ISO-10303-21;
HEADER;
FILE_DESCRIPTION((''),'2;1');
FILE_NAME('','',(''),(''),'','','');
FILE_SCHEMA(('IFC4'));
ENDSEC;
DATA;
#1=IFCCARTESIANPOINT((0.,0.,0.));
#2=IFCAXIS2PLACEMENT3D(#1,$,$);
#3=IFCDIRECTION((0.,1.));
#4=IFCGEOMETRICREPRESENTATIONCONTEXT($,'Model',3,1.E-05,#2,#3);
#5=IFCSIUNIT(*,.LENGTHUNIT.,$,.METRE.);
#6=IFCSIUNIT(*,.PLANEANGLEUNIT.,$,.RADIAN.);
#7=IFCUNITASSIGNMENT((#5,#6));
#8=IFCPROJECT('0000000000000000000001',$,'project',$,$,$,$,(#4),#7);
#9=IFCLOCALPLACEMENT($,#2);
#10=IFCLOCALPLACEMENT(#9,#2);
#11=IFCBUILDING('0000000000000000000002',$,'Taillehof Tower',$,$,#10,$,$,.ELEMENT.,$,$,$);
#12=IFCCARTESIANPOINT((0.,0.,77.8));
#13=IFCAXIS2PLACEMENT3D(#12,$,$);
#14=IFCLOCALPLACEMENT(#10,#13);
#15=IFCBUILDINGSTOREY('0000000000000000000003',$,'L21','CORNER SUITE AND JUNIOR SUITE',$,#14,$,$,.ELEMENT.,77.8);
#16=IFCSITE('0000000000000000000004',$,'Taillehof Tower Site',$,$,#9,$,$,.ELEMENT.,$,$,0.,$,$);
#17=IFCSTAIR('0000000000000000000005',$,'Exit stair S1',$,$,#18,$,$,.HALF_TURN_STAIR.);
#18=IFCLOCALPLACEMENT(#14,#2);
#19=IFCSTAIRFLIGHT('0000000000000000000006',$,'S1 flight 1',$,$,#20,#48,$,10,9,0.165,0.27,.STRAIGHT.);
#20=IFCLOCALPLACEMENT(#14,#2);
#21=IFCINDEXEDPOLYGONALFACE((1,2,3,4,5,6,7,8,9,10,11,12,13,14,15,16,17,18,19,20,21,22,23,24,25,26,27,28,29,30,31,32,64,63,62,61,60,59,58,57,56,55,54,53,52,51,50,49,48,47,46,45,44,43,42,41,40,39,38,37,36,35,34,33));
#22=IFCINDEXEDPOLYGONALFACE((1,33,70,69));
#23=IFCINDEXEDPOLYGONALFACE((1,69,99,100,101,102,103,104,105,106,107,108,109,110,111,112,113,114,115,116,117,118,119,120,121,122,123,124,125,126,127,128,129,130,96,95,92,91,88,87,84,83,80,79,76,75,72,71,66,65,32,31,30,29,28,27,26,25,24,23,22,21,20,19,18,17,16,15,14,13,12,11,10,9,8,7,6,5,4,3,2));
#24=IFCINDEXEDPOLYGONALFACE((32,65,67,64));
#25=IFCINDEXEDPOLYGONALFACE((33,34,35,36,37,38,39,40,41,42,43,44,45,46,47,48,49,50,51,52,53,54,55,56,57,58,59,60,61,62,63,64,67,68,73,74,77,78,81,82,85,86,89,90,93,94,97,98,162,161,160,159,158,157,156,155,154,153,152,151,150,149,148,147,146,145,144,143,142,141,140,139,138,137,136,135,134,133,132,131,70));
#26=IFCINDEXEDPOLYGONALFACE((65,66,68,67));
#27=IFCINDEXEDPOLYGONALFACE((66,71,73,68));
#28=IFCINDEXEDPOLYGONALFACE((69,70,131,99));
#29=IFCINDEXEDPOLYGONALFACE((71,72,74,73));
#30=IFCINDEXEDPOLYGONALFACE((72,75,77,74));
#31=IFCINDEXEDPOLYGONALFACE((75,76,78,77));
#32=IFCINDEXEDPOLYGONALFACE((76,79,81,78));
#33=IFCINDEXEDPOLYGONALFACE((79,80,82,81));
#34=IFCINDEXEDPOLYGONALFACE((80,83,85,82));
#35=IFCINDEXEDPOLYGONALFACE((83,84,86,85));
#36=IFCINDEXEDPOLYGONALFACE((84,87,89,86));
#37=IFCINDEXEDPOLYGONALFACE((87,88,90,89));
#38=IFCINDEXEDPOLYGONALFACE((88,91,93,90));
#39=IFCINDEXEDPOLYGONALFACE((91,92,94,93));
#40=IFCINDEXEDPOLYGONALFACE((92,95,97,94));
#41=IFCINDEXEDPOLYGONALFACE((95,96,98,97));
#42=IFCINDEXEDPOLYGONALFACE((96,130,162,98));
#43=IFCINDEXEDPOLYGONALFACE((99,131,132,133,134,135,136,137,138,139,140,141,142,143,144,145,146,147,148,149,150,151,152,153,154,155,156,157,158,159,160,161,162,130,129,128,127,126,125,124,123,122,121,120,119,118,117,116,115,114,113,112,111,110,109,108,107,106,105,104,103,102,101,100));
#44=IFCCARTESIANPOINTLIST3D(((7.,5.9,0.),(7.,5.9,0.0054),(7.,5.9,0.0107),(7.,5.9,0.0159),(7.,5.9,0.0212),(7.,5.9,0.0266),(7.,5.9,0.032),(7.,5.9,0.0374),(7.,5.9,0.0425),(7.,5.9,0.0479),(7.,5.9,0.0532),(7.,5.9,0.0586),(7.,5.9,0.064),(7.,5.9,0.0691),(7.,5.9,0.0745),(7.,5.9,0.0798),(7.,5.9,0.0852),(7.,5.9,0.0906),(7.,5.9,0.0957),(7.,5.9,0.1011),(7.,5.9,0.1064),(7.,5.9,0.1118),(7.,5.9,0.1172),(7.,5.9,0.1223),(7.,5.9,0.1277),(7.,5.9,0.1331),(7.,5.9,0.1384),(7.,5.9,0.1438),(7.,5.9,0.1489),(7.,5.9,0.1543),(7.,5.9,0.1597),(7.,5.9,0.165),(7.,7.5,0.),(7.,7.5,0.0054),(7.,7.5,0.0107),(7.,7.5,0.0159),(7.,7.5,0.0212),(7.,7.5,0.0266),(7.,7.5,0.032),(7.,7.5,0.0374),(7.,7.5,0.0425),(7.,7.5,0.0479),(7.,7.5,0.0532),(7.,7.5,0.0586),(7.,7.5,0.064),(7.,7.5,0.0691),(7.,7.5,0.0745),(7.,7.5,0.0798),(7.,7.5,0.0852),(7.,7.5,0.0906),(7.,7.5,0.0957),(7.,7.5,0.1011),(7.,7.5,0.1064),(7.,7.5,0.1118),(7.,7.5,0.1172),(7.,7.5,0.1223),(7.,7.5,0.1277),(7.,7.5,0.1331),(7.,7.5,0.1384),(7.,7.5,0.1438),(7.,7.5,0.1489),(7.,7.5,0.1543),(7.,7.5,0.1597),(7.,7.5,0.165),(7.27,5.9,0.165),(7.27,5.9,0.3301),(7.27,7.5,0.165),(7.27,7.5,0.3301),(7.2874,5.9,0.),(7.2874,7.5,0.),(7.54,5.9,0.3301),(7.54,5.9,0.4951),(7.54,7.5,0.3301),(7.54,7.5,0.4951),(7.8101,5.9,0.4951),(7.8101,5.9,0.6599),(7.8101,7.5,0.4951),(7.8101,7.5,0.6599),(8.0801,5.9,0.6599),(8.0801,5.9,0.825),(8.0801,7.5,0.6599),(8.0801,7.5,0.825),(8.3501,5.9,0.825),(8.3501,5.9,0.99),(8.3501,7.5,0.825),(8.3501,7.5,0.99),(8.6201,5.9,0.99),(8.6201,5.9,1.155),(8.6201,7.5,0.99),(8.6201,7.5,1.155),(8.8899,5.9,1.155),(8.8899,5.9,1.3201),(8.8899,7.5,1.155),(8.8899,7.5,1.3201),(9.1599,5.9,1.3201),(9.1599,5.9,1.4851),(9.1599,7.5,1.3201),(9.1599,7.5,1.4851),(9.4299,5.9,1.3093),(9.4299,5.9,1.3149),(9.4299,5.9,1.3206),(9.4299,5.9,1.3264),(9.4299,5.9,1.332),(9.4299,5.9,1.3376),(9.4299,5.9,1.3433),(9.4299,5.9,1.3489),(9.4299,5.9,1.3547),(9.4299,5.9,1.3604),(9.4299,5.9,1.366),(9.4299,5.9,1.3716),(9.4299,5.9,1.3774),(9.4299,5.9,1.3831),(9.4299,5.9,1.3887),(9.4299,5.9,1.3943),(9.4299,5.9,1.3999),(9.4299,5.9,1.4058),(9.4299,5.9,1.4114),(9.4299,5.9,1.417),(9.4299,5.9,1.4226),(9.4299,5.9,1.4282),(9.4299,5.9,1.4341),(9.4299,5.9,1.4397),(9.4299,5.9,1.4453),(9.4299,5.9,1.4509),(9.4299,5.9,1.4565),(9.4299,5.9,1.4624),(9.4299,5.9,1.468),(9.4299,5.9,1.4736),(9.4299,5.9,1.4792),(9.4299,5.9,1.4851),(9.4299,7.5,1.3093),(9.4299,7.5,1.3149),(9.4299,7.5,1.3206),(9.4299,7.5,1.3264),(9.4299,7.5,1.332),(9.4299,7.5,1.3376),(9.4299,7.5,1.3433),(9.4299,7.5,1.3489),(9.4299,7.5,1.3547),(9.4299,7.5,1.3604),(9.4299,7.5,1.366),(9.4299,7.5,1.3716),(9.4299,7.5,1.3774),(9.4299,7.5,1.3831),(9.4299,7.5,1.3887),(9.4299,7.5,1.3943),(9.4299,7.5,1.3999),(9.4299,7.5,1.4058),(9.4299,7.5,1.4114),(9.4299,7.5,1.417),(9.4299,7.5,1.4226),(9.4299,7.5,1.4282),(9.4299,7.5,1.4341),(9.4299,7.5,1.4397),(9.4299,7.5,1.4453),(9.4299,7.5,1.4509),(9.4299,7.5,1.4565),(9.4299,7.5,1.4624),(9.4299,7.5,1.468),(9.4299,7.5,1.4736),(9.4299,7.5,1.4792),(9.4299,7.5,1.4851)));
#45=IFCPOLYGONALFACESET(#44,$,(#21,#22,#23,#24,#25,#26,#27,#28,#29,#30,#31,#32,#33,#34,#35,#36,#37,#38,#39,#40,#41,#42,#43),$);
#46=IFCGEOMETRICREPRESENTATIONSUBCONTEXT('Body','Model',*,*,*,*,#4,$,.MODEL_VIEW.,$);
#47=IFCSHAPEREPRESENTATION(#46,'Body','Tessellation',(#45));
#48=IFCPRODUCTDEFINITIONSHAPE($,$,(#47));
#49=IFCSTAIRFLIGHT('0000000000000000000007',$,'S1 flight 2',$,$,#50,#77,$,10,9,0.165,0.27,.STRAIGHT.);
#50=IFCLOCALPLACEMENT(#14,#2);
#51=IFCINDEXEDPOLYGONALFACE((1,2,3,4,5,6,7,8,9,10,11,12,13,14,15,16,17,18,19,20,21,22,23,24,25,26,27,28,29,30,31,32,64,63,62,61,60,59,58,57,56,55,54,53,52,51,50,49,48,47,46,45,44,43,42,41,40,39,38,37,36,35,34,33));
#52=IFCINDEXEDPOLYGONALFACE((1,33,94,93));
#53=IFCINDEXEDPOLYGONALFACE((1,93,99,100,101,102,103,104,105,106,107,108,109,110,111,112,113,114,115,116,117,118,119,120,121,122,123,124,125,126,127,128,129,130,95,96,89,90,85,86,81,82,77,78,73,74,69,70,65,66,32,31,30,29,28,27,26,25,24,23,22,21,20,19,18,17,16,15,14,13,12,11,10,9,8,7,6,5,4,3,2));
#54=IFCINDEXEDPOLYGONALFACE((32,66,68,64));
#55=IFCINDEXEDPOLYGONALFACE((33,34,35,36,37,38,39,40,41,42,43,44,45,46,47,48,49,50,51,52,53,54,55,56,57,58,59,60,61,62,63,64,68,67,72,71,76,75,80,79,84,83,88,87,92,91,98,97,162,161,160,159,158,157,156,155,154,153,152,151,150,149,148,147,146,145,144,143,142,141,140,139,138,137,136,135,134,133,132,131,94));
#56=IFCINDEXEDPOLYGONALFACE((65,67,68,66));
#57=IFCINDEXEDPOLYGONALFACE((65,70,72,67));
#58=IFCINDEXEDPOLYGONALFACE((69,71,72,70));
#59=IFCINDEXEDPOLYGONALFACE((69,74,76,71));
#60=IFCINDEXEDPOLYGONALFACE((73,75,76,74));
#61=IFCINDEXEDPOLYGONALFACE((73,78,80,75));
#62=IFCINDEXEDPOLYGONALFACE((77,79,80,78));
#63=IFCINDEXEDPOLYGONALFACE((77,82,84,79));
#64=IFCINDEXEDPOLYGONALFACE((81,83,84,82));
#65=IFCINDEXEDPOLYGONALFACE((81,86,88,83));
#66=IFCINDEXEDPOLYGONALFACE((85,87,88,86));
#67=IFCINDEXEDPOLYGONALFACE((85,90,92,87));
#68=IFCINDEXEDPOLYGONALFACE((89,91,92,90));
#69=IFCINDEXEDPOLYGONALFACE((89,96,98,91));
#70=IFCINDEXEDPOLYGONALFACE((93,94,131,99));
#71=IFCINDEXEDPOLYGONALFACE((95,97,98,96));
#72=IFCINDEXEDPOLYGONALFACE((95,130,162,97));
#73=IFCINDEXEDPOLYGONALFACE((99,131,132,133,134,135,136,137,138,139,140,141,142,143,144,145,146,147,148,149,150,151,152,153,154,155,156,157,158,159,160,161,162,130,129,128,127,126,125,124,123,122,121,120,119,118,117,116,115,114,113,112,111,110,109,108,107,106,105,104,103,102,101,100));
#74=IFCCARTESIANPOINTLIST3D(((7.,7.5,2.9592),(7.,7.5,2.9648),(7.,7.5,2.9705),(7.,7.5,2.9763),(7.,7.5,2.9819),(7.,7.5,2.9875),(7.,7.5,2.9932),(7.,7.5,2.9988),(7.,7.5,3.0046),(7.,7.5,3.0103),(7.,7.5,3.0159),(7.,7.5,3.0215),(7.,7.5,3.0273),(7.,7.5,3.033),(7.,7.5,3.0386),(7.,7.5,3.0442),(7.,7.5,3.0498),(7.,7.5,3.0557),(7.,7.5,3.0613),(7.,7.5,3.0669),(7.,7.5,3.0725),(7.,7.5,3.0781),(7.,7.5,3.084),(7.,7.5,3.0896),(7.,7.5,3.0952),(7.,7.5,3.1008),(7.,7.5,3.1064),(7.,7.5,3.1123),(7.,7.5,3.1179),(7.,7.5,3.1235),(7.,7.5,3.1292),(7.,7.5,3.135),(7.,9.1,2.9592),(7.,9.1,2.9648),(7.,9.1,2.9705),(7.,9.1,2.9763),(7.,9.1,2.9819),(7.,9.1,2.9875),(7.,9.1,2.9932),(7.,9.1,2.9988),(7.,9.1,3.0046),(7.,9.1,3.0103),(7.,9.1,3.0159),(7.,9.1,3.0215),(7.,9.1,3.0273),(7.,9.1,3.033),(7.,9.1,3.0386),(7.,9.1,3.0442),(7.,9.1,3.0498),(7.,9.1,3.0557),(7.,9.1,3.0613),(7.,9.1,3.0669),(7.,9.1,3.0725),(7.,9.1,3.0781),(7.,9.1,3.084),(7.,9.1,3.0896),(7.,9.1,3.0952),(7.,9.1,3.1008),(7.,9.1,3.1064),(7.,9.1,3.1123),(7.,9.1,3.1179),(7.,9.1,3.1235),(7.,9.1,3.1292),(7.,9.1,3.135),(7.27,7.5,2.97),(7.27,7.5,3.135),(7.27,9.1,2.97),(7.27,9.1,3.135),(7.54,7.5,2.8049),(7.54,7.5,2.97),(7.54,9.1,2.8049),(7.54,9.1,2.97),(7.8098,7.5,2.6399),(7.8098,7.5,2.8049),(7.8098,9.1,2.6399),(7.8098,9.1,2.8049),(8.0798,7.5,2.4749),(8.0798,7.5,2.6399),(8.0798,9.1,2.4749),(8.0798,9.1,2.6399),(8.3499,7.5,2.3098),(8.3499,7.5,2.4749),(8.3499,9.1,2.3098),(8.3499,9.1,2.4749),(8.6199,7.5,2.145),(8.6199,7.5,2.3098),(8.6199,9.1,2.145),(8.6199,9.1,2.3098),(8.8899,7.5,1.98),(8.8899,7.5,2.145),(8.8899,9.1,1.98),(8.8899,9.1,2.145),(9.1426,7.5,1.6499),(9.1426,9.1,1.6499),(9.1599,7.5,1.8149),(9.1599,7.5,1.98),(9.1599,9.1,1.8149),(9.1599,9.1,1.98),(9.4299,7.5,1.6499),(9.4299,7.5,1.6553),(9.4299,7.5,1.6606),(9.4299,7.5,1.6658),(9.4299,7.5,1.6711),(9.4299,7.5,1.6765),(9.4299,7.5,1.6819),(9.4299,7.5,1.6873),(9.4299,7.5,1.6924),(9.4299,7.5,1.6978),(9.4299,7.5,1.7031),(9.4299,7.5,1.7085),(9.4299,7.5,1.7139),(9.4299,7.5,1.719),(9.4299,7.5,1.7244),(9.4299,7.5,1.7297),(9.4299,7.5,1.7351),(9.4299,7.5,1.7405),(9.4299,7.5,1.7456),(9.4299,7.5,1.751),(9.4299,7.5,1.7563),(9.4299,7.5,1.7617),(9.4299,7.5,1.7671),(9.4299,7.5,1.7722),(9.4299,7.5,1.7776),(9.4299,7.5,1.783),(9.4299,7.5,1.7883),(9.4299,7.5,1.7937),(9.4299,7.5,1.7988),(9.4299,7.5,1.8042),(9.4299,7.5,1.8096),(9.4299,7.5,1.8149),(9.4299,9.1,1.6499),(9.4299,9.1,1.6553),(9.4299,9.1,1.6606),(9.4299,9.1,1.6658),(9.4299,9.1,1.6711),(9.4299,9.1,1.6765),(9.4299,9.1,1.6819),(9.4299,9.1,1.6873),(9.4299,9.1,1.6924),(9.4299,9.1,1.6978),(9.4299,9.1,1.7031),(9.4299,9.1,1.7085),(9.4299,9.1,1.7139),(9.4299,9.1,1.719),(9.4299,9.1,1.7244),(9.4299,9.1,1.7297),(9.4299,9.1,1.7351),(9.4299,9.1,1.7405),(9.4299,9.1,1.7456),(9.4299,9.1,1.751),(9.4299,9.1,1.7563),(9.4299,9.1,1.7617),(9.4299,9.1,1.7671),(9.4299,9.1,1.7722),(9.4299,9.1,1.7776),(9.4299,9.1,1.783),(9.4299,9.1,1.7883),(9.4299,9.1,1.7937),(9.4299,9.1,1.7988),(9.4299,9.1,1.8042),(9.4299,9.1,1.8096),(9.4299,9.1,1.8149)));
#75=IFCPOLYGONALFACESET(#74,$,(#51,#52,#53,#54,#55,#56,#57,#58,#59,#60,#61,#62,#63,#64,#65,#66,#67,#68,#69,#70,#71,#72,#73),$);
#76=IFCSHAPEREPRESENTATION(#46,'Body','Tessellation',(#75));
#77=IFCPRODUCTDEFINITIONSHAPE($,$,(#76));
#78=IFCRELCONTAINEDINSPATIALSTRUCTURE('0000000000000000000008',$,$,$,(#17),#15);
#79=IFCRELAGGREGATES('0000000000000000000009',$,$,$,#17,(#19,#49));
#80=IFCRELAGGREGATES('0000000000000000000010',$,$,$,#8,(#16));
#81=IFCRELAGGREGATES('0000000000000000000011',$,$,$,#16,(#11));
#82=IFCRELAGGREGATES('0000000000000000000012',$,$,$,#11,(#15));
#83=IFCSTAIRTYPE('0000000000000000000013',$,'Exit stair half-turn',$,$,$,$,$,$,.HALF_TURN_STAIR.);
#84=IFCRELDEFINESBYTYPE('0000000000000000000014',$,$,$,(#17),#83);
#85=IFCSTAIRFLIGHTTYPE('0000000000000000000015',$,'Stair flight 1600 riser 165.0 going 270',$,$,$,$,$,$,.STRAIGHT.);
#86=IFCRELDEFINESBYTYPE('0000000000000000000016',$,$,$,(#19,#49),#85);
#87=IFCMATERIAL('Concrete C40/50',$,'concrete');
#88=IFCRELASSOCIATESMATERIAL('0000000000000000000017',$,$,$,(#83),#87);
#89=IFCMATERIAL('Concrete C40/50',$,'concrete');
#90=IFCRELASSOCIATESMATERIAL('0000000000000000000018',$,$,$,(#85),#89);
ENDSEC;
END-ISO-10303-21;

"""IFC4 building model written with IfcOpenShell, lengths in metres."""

from ifc_helpers import new_model, si_unit, direction, frame, origin, place, context, subcontext, project, spatial, polyline, outline, extrude, material, type_object, element, aggregate, save


model = new_model("IFC4")

# Units and contexts
model_context = context("Model", 3, precision=1e-05, world=origin(), true_north=direction((0.0, 1.0)))
body_context = subcontext(model_context, "Body", "Model", "MODEL_VIEW")
ifc_project = project(units=[si_unit("LENGTHUNIT", "METRE"), si_unit("PLANEANGLEUNIT", "RADIAN")], contexts=[model_context])

# Site, building, storey
site_placement = place(None, origin())
site = spatial("IfcSite", under=ifc_project, at=site_placement, Name="Taillehof Tower Site", CompositionType="ELEMENT", RefElevation=0.0)
building_placement = place(site_placement, origin())
building = spatial("IfcBuilding", under=site, at=building_placement, Name="Taillehof Tower", CompositionType="ELEMENT")
storey_placement = place(building_placement, frame((0.0, 0.0, 77.8)))
storey = spatial("IfcBuildingStorey", under=building, at=storey_placement, Name="L21", Description="CORNER SUITE AND JUNIOR SUITE", CompositionType="ELEMENT", Elevation=77.8)

# Stair
ifc_material_1 = material(Name="Concrete C40/50", Category="concrete")
stair_type = type_object("IfcStairType", Name="Exit stair half-turn", PredefinedType="HALF_TURN_STAIR", material=ifc_material_1)
stair_1_placement = place(storey_placement, origin())
stair_1 = element("IfcStair", 1, at=stair_1_placement, inside=storey, type_object=stair_type, Name="Exit stair S1", PredefinedType="HALF_TURN_STAIR")

# Stair flights
ifc_material_2 = material(Name="Concrete C40/50", Category="concrete")
stair_flight_type = type_object("IfcStairFlightType", Name="Stair flight 1600 riser 165.0 going 270", PredefinedType="STRAIGHT", material=ifc_material_2)
stair_flight_1_placement = place(storey_placement, frame((7.0, 6.7, 0.0), z_axis=(0.0, 0.0, 1.0), x_axis=(1.0, 0.0, 0.0)))
stair_flight_1 = element("IfcStairFlight", 2, at=stair_flight_1_placement, type_object=stair_flight_type, Name="S1 flight 1", NumberOfRisers=10, NumberOfTreads=9, PredefinedType="STRAIGHT", RiserHeight=0.165, TreadLength=0.27, context=body_context, shape_type="SweptSolid", body=[
    extrude(outline(polyline([(0.0, 0.0), (0.0, 0.0054), (0.0, 0.0107), (0.0, 0.0159), (0.0, 0.0212), (0.0, 0.0266), (0.0, 0.032), (0.0, 0.0374), (0.0, 0.0425), (0.0, 0.0479), (0.0, 0.0532), (0.0, 0.0586), (0.0, 0.064), (0.0, 0.0691), (0.0, 0.0745), (0.0, 0.0798), (0.0, 0.0852), (0.0, 0.0906), (0.0, 0.0957), (0.0, 0.1011), (0.0, 0.1064), (0.0, 0.1118), (0.0, 0.1172), (0.0, 0.1223), (0.0, 0.1277), (0.0, 0.1331), (0.0, 0.1384), (0.0, 0.1438), (0.0, 0.1489), (0.0, 0.1543), (0.0, 0.1597), (0.0, 0.165), (0.27, 0.165), (0.27, 0.3301), (0.54, 0.3301), (0.54, 0.4951), (0.8101, 0.4951), (0.8101, 0.6599), (1.0801, 0.6599), (1.0801, 0.825), (1.3501, 0.825), (1.3501, 0.99), (1.6201, 0.99), (1.6201, 1.155), (1.8899, 1.155), (1.8899, 1.3201), (2.1599, 1.3201), (2.1599, 1.4851), (2.4299, 1.4851), (2.4299, 1.4792), (2.4299, 1.4736), (2.4299, 1.468), (2.4299, 1.4624), (2.4299, 1.4565), (2.4299, 1.4509), (2.4299, 1.4453), (2.4299, 1.4397), (2.4299, 1.4341), (2.4299, 1.4282), (2.4299, 1.4226), (2.4299, 1.417), (2.4299, 1.4114), (2.4299, 1.4058), (2.4299, 1.3999), (2.4299, 1.3943), (2.4299, 1.3887), (2.4299, 1.3831), (2.4299, 1.3774), (2.4299, 1.3716), (2.4299, 1.366), (2.4299, 1.3604), (2.4299, 1.3547), (2.4299, 1.3489), (2.4299, 1.3433), (2.4299, 1.3376), (2.4299, 1.332), (2.4299, 1.3264), (2.4299, 1.3206), (2.4299, 1.3149), (2.4299, 1.3093), (0.2874, 0.0), (0.0, 0.0)])), frame((0.0, 0.8, 0.0), z_axis=(0.0, -1.0, 0.0), x_axis=(1.0, 0.0, 0.0)), (0.0, 0.0, 1.0), 1.6),
])
stair_flight_2_placement = place(storey_placement, frame((9.4299, 8.3, 1.6499), z_axis=(0.0, 0.0, 1.0), x_axis=(-1.0, 0.0, 0.0)))
stair_flight_2 = element("IfcStairFlight", 3, at=stair_flight_2_placement, type_object=stair_flight_type, Name="S1 flight 2", NumberOfRisers=10, NumberOfTreads=9, PredefinedType="STRAIGHT", RiserHeight=0.165, TreadLength=0.27, context=body_context, shape_type="SweptSolid", body=[
    extrude(outline(polyline([(0.0, 0.0), (0.0, 0.0054), (0.0, 0.0107), (0.0, 0.0159), (0.0, 0.0212), (0.0, 0.0266), (0.0, 0.032), (0.0, 0.0374), (0.0, 0.0425), (0.0, 0.0479), (0.0, 0.0532), (0.0, 0.0586), (0.0, 0.064), (0.0, 0.0691), (0.0, 0.0745), (0.0, 0.0798), (0.0, 0.0852), (0.0, 0.0906), (0.0, 0.0957), (0.0, 0.1011), (0.0, 0.1064), (0.0, 0.1118), (0.0, 0.1172), (0.0, 0.1223), (0.0, 0.1277), (0.0, 0.1331), (0.0, 0.1384), (0.0, 0.1438), (0.0, 0.1489), (0.0, 0.1543), (0.0, 0.1597), (0.0, 0.165), (0.27, 0.165), (0.27, 0.3301), (0.54, 0.3301), (0.54, 0.4951), (0.8101, 0.4951), (0.8101, 0.6599), (1.0801, 0.6599), (1.0801, 0.825), (1.3501, 0.825), (1.3501, 0.99), (1.6201, 0.99), (1.6201, 1.155), (1.8899, 1.155), (1.8899, 1.3201), (2.1599, 1.3201), (2.1599, 1.4851), (2.4299, 1.4851), (2.4299, 1.4792), (2.4299, 1.4736), (2.4299, 1.468), (2.4299, 1.4624), (2.4299, 1.4565), (2.4299, 1.4509), (2.4299, 1.4453), (2.4299, 1.4397), (2.4299, 1.4341), (2.4299, 1.4282), (2.4299, 1.4226), (2.4299, 1.417), (2.4299, 1.4114), (2.4299, 1.4058), (2.4299, 1.3999), (2.4299, 1.3943), (2.4299, 1.3887), (2.4299, 1.3831), (2.4299, 1.3774), (2.4299, 1.3716), (2.4299, 1.366), (2.4299, 1.3604), (2.4299, 1.3547), (2.4299, 1.3489), (2.4299, 1.3433), (2.4299, 1.3376), (2.4299, 1.332), (2.4299, 1.3264), (2.4299, 1.3206), (2.4299, 1.3149), (2.4299, 1.3093), (0.2874, 0.0), (0.0, 0.0)])), frame((0.0, 0.8, 0.0), z_axis=(0.0, -1.0, 0.0), x_axis=(1.0, 0.0, 0.0)), (0.0, 0.0, 1.0), 1.6),
])
aggregate(stair_1, [stair_flight_1, stair_flight_2])

save(model, "model.ifc")
